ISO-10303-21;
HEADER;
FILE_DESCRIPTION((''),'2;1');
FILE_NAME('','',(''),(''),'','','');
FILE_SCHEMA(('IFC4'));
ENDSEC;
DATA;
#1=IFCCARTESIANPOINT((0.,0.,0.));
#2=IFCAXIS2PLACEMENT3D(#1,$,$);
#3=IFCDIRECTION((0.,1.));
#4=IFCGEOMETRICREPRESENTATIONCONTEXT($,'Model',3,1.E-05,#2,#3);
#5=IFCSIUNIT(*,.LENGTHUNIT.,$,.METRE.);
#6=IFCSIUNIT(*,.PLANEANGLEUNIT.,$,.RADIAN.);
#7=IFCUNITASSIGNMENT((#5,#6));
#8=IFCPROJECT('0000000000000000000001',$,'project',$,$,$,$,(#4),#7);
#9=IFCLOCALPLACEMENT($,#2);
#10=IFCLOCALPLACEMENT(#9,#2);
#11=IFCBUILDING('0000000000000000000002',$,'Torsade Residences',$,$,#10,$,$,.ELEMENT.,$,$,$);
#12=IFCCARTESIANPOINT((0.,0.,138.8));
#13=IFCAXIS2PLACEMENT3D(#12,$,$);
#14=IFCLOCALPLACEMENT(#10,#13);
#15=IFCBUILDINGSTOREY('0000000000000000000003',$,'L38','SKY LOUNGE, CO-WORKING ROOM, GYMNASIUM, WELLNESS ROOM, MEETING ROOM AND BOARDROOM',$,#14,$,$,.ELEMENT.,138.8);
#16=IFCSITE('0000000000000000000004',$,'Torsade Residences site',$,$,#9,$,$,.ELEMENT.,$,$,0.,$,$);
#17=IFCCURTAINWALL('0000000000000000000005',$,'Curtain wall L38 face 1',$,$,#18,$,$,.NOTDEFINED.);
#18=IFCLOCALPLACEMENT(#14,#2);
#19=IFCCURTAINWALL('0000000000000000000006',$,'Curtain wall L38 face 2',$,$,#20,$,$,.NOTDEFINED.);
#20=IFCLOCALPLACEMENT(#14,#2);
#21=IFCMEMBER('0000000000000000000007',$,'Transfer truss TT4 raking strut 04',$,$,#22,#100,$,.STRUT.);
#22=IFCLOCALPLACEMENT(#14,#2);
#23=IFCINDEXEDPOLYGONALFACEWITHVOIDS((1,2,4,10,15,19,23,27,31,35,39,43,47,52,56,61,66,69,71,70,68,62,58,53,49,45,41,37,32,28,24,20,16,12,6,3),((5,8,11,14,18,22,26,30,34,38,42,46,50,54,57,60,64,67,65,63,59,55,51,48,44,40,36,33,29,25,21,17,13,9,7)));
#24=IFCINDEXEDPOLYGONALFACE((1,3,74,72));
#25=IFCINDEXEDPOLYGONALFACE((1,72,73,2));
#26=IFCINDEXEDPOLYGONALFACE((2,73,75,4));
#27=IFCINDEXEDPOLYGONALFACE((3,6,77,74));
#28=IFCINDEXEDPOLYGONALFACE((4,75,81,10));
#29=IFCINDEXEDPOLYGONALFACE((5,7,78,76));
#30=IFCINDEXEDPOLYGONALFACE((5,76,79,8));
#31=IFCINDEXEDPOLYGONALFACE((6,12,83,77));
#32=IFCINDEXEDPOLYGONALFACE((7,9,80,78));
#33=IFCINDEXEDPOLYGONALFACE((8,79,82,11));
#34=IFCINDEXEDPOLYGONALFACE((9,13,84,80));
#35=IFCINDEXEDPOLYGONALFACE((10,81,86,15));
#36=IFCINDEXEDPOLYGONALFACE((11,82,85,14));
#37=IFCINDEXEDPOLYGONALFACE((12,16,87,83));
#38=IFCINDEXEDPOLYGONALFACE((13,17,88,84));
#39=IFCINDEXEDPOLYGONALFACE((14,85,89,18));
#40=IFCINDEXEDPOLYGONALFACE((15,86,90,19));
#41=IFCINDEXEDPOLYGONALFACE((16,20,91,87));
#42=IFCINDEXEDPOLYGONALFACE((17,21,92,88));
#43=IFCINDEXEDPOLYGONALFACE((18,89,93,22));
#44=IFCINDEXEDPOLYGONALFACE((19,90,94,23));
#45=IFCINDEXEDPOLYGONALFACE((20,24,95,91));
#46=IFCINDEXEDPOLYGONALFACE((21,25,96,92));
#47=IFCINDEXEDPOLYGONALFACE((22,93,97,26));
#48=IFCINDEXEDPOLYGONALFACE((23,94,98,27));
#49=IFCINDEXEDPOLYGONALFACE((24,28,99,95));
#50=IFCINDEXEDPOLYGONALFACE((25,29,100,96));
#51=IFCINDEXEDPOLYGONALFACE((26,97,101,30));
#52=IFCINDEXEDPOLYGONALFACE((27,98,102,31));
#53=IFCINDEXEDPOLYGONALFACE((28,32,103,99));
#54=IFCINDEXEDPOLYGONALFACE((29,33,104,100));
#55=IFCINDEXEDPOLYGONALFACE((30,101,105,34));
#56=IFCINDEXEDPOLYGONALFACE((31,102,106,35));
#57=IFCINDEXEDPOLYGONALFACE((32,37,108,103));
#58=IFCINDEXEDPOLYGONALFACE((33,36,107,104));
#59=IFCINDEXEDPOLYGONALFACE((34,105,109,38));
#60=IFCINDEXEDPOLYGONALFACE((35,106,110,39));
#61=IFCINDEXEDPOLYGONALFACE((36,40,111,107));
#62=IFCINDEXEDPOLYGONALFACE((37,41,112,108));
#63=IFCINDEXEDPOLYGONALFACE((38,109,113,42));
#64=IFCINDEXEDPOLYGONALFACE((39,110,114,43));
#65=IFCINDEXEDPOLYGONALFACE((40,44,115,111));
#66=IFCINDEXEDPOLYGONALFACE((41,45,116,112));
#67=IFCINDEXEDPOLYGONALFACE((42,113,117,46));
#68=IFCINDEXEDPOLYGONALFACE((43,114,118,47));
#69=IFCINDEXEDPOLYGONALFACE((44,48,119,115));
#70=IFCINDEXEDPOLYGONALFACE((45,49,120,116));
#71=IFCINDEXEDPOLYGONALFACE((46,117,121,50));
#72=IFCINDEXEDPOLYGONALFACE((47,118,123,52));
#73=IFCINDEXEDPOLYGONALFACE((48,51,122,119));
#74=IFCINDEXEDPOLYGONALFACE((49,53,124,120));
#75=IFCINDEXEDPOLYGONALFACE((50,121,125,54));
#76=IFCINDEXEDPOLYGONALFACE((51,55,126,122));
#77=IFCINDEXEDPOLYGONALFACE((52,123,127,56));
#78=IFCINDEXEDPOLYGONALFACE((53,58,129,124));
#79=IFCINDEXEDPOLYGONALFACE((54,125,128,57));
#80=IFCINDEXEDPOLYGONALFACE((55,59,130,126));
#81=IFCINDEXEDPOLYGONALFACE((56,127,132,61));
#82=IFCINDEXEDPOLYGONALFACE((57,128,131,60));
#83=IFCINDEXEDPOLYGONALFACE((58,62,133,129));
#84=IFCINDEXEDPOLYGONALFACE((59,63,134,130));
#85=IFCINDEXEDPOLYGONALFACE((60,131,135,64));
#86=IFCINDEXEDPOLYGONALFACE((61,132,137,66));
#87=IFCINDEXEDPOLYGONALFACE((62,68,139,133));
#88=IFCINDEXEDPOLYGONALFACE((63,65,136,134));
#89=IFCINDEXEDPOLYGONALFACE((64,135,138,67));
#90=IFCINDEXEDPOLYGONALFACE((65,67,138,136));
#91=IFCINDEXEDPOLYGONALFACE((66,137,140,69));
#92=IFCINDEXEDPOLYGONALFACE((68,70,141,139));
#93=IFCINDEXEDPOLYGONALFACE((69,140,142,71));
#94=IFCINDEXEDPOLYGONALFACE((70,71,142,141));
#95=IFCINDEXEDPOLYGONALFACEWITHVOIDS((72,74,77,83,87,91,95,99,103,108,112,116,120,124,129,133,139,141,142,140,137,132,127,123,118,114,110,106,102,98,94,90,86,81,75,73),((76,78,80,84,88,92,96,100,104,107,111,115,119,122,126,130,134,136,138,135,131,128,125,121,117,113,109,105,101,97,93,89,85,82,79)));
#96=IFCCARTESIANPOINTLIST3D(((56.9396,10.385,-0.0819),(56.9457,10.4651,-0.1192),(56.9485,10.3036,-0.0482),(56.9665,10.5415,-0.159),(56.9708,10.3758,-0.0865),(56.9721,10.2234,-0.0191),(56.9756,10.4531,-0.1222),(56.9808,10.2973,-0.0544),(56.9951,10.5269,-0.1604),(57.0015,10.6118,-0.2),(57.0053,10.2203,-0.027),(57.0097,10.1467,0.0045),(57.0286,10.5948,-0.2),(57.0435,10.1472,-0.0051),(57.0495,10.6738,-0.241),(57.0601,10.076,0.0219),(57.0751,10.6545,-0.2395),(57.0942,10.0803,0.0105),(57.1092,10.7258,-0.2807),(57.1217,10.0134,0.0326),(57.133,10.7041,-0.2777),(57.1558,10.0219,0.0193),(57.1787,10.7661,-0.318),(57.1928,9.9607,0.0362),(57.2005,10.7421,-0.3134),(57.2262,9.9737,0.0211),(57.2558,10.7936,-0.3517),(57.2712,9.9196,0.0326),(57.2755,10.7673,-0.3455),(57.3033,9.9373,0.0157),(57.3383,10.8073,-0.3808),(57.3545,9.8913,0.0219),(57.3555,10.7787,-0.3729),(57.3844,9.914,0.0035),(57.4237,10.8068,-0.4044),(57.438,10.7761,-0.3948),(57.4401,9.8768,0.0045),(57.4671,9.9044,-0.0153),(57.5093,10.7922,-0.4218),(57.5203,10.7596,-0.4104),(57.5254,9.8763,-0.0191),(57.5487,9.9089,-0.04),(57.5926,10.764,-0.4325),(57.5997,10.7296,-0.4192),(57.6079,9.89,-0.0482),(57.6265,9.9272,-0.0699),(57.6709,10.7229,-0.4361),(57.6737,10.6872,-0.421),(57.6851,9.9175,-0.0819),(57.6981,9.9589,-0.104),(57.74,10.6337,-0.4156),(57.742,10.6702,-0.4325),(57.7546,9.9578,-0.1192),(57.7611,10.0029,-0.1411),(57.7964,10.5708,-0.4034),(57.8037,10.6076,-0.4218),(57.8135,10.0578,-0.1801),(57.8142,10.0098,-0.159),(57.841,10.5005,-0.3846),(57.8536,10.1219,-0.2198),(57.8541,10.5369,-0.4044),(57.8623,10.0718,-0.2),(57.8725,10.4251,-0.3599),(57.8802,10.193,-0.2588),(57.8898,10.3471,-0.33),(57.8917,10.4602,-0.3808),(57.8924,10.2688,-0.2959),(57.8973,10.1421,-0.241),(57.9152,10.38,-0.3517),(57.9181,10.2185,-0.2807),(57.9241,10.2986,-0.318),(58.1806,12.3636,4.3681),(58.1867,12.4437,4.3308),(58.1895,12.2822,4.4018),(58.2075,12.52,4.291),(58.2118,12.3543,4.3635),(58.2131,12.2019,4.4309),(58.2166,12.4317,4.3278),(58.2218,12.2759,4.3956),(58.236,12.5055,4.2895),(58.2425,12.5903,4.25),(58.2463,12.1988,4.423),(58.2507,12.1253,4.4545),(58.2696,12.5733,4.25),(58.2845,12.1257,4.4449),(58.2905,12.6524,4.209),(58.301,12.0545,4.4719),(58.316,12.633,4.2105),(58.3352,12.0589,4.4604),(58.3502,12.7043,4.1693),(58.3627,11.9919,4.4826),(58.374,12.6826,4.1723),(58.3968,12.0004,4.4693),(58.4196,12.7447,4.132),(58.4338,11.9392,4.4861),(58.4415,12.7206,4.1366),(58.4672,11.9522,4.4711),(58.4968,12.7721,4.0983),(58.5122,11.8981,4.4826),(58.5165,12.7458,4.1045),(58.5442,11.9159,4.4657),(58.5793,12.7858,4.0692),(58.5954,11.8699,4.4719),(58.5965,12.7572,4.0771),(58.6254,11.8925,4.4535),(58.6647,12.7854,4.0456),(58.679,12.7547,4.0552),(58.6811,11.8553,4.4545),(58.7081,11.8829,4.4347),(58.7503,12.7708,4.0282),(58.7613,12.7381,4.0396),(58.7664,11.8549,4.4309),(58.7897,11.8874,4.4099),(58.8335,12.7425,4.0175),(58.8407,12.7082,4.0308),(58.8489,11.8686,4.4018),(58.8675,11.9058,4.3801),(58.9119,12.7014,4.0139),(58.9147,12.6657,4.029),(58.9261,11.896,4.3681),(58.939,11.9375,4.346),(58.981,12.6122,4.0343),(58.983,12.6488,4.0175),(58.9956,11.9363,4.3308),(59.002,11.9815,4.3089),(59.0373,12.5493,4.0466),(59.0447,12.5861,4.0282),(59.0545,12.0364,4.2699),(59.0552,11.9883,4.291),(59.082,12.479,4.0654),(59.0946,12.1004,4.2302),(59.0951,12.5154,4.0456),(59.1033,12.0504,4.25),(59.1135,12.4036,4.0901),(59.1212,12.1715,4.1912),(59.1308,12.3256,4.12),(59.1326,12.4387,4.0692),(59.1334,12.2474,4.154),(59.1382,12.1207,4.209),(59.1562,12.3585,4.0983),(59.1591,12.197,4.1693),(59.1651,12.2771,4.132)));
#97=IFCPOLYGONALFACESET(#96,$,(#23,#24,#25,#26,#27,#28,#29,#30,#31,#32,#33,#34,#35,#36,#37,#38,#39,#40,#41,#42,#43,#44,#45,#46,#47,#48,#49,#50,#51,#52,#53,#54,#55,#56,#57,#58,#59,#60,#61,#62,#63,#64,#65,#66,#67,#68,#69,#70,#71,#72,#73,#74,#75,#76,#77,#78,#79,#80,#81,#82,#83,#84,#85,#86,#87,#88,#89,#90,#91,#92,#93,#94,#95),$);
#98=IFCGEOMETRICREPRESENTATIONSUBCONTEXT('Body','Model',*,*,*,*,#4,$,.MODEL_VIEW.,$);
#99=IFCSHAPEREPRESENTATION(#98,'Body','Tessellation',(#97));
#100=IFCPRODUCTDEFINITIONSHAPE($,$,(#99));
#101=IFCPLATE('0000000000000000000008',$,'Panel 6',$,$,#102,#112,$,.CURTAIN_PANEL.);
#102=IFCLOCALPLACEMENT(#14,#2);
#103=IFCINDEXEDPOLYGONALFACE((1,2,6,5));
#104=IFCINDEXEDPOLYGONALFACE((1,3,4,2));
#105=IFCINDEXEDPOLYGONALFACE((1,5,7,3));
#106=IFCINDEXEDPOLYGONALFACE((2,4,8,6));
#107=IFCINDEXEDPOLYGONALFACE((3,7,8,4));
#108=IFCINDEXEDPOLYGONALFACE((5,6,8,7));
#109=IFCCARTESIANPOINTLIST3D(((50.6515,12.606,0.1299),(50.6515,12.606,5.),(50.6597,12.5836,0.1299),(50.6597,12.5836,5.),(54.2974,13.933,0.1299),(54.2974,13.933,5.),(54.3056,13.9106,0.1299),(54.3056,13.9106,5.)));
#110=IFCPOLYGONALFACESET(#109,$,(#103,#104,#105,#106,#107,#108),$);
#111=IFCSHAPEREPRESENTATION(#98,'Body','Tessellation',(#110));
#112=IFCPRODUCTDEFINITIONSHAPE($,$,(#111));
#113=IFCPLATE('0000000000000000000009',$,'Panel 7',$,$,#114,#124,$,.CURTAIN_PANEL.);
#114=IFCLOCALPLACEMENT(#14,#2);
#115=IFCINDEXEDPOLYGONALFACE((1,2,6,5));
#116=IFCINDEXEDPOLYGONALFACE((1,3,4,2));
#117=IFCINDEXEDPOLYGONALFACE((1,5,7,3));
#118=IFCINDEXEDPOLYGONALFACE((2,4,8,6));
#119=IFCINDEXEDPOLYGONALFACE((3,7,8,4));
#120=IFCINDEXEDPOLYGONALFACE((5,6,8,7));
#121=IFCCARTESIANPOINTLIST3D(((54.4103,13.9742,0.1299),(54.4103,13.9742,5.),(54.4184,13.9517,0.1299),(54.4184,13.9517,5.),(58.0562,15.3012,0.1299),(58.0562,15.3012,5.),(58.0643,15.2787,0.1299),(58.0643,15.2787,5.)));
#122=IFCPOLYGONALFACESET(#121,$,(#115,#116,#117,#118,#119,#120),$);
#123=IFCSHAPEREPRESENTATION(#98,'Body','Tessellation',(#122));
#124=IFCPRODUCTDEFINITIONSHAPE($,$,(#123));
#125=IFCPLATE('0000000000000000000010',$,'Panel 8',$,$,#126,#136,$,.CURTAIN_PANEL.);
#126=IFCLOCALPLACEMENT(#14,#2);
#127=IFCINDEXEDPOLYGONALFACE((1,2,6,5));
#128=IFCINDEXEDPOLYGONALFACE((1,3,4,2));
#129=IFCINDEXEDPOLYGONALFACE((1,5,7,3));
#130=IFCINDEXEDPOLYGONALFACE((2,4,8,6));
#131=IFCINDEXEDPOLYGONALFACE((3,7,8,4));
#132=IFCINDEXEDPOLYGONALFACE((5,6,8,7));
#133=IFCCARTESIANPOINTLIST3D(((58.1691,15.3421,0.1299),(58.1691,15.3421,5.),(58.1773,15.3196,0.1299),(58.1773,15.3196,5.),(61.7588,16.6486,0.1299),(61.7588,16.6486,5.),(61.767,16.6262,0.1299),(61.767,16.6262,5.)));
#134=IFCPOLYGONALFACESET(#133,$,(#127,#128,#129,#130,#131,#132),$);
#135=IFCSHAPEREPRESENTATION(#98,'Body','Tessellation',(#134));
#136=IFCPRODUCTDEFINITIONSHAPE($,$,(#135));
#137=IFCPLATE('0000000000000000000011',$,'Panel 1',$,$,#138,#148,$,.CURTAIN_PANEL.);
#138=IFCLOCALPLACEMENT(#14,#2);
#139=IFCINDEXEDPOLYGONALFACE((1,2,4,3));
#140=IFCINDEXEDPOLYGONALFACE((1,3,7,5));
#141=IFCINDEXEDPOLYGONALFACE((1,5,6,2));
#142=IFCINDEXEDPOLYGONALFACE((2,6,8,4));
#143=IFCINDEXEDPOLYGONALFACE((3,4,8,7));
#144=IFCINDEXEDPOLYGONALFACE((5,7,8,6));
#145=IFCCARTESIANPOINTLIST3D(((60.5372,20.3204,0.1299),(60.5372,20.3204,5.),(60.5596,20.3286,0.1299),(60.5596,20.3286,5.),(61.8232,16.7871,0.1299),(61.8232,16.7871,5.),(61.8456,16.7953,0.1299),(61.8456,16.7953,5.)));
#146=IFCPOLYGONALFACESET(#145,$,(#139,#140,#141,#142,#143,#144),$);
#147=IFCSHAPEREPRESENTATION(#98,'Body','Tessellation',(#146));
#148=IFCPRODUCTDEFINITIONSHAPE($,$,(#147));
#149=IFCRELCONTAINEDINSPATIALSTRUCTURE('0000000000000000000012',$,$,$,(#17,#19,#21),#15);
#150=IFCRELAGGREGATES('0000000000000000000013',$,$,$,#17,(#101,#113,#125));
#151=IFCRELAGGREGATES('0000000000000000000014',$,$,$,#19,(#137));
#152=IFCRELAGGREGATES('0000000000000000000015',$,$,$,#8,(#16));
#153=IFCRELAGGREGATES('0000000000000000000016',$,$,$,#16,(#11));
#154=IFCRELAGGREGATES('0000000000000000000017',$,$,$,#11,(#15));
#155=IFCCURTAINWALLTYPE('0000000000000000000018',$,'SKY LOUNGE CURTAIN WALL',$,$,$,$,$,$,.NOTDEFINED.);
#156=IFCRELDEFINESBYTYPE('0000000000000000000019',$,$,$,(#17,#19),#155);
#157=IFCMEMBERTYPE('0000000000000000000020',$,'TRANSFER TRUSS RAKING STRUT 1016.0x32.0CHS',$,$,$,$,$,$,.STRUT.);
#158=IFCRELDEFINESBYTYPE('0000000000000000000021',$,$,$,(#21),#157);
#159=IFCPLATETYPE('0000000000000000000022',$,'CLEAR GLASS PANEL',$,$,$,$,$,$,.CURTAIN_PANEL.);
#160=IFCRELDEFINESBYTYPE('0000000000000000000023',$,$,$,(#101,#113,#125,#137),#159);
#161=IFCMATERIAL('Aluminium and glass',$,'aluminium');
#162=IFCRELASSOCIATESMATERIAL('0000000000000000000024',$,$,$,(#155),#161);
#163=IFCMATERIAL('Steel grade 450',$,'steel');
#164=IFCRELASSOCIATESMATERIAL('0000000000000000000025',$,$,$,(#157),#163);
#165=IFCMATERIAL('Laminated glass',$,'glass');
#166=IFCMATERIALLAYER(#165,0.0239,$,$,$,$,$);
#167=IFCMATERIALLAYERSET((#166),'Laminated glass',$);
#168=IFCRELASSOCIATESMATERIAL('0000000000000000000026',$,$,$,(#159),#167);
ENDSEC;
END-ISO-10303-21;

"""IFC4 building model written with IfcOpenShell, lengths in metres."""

from ifc_helpers import new_model, si_unit, direction, frame, origin, origin_2d, place, context, subcontext, project, spatial, rectangle, hollow_circle, extrude, material, layer, layer_set, material_profile, profile_set, type_object, element, aggregate, save


model = new_model("IFC4")

# Units and contexts
model_context = context("Model", 3, precision=1e-05, world=origin(), true_north=direction((0.0, 1.0)))
body_context = subcontext(model_context, "Body", "Model", "MODEL_VIEW")
ifc_project = project(units=[si_unit("LENGTHUNIT", "METRE"), si_unit("PLANEANGLEUNIT", "RADIAN")], contexts=[model_context])

# Site, building, storey
site_placement = place(None, origin())
site = spatial("IfcSite", under=ifc_project, at=site_placement, Name="Torsade Residences site", CompositionType="ELEMENT", RefElevation=0.0)
building_placement = place(site_placement, origin())
building = spatial("IfcBuilding", under=site, at=building_placement, Name="Torsade Residences", CompositionType="ELEMENT")
storey_placement = place(building_placement, frame((0.0, 0.0, 138.8)))
storey = spatial("IfcBuildingStorey", under=building, at=storey_placement, Name="L38", Description="SKY LOUNGE, CO-WORKING ROOM, GYMNASIUM, WELLNESS ROOM, MEETING ROOM AND BOARDROOM", CompositionType="ELEMENT", Elevation=138.8)

# Curtain wall
ifc_material_1 = material(Name="Aluminium and glass", Category="aluminium")
curtain_wall_type = type_object("IfcCurtainWallType", Name="SKY LOUNGE CURTAIN WALL", PredefinedType="NOTDEFINED", material=ifc_material_1)
curtain_wall_1_placement = place(storey_placement, origin())
curtain_wall_1 = element("IfcCurtainWall", 1, at=curtain_wall_1_placement, inside=storey, type_object=curtain_wall_type, Name="Curtain wall L38 face 1", PredefinedType="NOTDEFINED")

# Curtain wall
curtain_wall_2_placement = place(storey_placement, origin())
curtain_wall_2 = element("IfcCurtainWall", 2, at=curtain_wall_2_placement, inside=storey, type_object=curtain_wall_type, Name="Curtain wall L38 face 2", PredefinedType="NOTDEFINED")

# Member
ifc_material_2 = material(Name="Steel grade 450", Category="steel")
ifc_material_profile_1 = material_profile(ifc_material_2, hollow_circle(Radius=0.5081, WallThickness=0.032, at=origin_2d()), Name="1016.0x32.0CHS")
ifc_profile_set_1 = profile_set([ifc_material_profile_1], Name="Steel grade 450")
member_type_1 = type_object("IfcMemberType", Name="TRANSFER TRUSS RAKING STRUT 1016.0x32.0CHS", PredefinedType="STRUT", material=ifc_profile_set_1)
member_1_placement = place(storey_placement, frame((57.4319, 10.3418, -0.2), z_axis=(0.246929, 0.393688, 0.885458), x_axis=(-0.847152, 0.531351, 0.0)))
element("IfcMember", 3, at=member_1_placement, inside=storey, type_object=member_type_1, Name="Transfer truss TT4 raking strut 04", PredefinedType="STRUT", context=body_context, shape_type="SweptSolid", body=[
    extrude(hollow_circle(Radius=0.5081, WallThickness=0.032, at=origin_2d()), origin(), (0.0, 0.0, 1.0), 5.0256),
])

# Plates
ifc_material_3 = material(Name="Laminated glass", Category="glass")
ifc_layer_1 = layer(ifc_material_3, 0.0239)
ifc_layer_set_1 = layer_set([ifc_layer_1], Name="Laminated glass")
plate_type = type_object("IfcPlateType", Name="CLEAR GLASS PANEL", PredefinedType="CURTAIN_PANEL", material=ifc_layer_set_1)
plate_1_placement = place(storey_placement, frame((52.4785, 13.2583, 0.1299), z_axis=(0.0, 0.0, 1.0), x_axis=(0.939693, 0.34202, 0.0)))
plate_1 = element("IfcPlate", 4, at=plate_1_placement, type_object=plate_type, Name="Panel 6", PredefinedType="CURTAIN_PANEL", context=body_context, shape_type="SweptSolid", body=[
    extrude(rectangle(XDim=3.8799, YDim=0.0239, at=origin_2d()), origin(), (0.0, 0.0, 1.0), 4.8701),
])
plate_2_placement = place(storey_placement, frame((56.2373, 14.6265, 0.1299), z_axis=(0.0, 0.0, 1.0), x_axis=(0.939693, 0.34202, 0.0)))
plate_2 = element("IfcPlate", 5, at=plate_2_placement, type_object=plate_type, Name="Panel 7", PredefinedType="CURTAIN_PANEL", context=body_context, shape_type="SweptSolid", body=[
    extrude(rectangle(XDim=3.8799, YDim=0.0239, at=origin_2d()), origin(), (0.0, 0.0, 1.0), 4.8701),
])
plate_3_placement = place(storey_placement, frame((59.968, 15.9841, 0.1299), z_axis=(0.0, 0.0, 1.0), x_axis=(0.939693, 0.34202, 0.0)))
plate_3 = element("IfcPlate", 6, at=plate_3_placement, type_object=plate_type, Name="Panel 8", PredefinedType="CURTAIN_PANEL", context=body_context, shape_type="SweptSolid", body=[
    extrude(rectangle(XDim=3.8201, YDim=0.0239, at=origin_2d()), origin(), (0.0, 0.0, 1.0), 4.8701),
])
aggregate(curtain_wall_1, [plate_1, plate_2, plate_3])
plate_4_placement = place(storey_placement, frame((61.1914, 18.5579, 0.1299), z_axis=(0.0, 0.0, 1.0), x_axis=(-0.34202, 0.939693, 0.0)))
plate_4 = element("IfcPlate", 7, at=plate_4_placement, type_object=plate_type, Name="Panel 1", PredefinedType="CURTAIN_PANEL", context=body_context, shape_type="SweptSolid", body=[
    extrude(rectangle(XDim=3.76, YDim=0.0239, at=origin_2d()), origin(), (0.0, 0.0, 1.0), 4.8701),
])
aggregate(curtain_wall_2, [plate_4])

save(model, "model.ifc")
